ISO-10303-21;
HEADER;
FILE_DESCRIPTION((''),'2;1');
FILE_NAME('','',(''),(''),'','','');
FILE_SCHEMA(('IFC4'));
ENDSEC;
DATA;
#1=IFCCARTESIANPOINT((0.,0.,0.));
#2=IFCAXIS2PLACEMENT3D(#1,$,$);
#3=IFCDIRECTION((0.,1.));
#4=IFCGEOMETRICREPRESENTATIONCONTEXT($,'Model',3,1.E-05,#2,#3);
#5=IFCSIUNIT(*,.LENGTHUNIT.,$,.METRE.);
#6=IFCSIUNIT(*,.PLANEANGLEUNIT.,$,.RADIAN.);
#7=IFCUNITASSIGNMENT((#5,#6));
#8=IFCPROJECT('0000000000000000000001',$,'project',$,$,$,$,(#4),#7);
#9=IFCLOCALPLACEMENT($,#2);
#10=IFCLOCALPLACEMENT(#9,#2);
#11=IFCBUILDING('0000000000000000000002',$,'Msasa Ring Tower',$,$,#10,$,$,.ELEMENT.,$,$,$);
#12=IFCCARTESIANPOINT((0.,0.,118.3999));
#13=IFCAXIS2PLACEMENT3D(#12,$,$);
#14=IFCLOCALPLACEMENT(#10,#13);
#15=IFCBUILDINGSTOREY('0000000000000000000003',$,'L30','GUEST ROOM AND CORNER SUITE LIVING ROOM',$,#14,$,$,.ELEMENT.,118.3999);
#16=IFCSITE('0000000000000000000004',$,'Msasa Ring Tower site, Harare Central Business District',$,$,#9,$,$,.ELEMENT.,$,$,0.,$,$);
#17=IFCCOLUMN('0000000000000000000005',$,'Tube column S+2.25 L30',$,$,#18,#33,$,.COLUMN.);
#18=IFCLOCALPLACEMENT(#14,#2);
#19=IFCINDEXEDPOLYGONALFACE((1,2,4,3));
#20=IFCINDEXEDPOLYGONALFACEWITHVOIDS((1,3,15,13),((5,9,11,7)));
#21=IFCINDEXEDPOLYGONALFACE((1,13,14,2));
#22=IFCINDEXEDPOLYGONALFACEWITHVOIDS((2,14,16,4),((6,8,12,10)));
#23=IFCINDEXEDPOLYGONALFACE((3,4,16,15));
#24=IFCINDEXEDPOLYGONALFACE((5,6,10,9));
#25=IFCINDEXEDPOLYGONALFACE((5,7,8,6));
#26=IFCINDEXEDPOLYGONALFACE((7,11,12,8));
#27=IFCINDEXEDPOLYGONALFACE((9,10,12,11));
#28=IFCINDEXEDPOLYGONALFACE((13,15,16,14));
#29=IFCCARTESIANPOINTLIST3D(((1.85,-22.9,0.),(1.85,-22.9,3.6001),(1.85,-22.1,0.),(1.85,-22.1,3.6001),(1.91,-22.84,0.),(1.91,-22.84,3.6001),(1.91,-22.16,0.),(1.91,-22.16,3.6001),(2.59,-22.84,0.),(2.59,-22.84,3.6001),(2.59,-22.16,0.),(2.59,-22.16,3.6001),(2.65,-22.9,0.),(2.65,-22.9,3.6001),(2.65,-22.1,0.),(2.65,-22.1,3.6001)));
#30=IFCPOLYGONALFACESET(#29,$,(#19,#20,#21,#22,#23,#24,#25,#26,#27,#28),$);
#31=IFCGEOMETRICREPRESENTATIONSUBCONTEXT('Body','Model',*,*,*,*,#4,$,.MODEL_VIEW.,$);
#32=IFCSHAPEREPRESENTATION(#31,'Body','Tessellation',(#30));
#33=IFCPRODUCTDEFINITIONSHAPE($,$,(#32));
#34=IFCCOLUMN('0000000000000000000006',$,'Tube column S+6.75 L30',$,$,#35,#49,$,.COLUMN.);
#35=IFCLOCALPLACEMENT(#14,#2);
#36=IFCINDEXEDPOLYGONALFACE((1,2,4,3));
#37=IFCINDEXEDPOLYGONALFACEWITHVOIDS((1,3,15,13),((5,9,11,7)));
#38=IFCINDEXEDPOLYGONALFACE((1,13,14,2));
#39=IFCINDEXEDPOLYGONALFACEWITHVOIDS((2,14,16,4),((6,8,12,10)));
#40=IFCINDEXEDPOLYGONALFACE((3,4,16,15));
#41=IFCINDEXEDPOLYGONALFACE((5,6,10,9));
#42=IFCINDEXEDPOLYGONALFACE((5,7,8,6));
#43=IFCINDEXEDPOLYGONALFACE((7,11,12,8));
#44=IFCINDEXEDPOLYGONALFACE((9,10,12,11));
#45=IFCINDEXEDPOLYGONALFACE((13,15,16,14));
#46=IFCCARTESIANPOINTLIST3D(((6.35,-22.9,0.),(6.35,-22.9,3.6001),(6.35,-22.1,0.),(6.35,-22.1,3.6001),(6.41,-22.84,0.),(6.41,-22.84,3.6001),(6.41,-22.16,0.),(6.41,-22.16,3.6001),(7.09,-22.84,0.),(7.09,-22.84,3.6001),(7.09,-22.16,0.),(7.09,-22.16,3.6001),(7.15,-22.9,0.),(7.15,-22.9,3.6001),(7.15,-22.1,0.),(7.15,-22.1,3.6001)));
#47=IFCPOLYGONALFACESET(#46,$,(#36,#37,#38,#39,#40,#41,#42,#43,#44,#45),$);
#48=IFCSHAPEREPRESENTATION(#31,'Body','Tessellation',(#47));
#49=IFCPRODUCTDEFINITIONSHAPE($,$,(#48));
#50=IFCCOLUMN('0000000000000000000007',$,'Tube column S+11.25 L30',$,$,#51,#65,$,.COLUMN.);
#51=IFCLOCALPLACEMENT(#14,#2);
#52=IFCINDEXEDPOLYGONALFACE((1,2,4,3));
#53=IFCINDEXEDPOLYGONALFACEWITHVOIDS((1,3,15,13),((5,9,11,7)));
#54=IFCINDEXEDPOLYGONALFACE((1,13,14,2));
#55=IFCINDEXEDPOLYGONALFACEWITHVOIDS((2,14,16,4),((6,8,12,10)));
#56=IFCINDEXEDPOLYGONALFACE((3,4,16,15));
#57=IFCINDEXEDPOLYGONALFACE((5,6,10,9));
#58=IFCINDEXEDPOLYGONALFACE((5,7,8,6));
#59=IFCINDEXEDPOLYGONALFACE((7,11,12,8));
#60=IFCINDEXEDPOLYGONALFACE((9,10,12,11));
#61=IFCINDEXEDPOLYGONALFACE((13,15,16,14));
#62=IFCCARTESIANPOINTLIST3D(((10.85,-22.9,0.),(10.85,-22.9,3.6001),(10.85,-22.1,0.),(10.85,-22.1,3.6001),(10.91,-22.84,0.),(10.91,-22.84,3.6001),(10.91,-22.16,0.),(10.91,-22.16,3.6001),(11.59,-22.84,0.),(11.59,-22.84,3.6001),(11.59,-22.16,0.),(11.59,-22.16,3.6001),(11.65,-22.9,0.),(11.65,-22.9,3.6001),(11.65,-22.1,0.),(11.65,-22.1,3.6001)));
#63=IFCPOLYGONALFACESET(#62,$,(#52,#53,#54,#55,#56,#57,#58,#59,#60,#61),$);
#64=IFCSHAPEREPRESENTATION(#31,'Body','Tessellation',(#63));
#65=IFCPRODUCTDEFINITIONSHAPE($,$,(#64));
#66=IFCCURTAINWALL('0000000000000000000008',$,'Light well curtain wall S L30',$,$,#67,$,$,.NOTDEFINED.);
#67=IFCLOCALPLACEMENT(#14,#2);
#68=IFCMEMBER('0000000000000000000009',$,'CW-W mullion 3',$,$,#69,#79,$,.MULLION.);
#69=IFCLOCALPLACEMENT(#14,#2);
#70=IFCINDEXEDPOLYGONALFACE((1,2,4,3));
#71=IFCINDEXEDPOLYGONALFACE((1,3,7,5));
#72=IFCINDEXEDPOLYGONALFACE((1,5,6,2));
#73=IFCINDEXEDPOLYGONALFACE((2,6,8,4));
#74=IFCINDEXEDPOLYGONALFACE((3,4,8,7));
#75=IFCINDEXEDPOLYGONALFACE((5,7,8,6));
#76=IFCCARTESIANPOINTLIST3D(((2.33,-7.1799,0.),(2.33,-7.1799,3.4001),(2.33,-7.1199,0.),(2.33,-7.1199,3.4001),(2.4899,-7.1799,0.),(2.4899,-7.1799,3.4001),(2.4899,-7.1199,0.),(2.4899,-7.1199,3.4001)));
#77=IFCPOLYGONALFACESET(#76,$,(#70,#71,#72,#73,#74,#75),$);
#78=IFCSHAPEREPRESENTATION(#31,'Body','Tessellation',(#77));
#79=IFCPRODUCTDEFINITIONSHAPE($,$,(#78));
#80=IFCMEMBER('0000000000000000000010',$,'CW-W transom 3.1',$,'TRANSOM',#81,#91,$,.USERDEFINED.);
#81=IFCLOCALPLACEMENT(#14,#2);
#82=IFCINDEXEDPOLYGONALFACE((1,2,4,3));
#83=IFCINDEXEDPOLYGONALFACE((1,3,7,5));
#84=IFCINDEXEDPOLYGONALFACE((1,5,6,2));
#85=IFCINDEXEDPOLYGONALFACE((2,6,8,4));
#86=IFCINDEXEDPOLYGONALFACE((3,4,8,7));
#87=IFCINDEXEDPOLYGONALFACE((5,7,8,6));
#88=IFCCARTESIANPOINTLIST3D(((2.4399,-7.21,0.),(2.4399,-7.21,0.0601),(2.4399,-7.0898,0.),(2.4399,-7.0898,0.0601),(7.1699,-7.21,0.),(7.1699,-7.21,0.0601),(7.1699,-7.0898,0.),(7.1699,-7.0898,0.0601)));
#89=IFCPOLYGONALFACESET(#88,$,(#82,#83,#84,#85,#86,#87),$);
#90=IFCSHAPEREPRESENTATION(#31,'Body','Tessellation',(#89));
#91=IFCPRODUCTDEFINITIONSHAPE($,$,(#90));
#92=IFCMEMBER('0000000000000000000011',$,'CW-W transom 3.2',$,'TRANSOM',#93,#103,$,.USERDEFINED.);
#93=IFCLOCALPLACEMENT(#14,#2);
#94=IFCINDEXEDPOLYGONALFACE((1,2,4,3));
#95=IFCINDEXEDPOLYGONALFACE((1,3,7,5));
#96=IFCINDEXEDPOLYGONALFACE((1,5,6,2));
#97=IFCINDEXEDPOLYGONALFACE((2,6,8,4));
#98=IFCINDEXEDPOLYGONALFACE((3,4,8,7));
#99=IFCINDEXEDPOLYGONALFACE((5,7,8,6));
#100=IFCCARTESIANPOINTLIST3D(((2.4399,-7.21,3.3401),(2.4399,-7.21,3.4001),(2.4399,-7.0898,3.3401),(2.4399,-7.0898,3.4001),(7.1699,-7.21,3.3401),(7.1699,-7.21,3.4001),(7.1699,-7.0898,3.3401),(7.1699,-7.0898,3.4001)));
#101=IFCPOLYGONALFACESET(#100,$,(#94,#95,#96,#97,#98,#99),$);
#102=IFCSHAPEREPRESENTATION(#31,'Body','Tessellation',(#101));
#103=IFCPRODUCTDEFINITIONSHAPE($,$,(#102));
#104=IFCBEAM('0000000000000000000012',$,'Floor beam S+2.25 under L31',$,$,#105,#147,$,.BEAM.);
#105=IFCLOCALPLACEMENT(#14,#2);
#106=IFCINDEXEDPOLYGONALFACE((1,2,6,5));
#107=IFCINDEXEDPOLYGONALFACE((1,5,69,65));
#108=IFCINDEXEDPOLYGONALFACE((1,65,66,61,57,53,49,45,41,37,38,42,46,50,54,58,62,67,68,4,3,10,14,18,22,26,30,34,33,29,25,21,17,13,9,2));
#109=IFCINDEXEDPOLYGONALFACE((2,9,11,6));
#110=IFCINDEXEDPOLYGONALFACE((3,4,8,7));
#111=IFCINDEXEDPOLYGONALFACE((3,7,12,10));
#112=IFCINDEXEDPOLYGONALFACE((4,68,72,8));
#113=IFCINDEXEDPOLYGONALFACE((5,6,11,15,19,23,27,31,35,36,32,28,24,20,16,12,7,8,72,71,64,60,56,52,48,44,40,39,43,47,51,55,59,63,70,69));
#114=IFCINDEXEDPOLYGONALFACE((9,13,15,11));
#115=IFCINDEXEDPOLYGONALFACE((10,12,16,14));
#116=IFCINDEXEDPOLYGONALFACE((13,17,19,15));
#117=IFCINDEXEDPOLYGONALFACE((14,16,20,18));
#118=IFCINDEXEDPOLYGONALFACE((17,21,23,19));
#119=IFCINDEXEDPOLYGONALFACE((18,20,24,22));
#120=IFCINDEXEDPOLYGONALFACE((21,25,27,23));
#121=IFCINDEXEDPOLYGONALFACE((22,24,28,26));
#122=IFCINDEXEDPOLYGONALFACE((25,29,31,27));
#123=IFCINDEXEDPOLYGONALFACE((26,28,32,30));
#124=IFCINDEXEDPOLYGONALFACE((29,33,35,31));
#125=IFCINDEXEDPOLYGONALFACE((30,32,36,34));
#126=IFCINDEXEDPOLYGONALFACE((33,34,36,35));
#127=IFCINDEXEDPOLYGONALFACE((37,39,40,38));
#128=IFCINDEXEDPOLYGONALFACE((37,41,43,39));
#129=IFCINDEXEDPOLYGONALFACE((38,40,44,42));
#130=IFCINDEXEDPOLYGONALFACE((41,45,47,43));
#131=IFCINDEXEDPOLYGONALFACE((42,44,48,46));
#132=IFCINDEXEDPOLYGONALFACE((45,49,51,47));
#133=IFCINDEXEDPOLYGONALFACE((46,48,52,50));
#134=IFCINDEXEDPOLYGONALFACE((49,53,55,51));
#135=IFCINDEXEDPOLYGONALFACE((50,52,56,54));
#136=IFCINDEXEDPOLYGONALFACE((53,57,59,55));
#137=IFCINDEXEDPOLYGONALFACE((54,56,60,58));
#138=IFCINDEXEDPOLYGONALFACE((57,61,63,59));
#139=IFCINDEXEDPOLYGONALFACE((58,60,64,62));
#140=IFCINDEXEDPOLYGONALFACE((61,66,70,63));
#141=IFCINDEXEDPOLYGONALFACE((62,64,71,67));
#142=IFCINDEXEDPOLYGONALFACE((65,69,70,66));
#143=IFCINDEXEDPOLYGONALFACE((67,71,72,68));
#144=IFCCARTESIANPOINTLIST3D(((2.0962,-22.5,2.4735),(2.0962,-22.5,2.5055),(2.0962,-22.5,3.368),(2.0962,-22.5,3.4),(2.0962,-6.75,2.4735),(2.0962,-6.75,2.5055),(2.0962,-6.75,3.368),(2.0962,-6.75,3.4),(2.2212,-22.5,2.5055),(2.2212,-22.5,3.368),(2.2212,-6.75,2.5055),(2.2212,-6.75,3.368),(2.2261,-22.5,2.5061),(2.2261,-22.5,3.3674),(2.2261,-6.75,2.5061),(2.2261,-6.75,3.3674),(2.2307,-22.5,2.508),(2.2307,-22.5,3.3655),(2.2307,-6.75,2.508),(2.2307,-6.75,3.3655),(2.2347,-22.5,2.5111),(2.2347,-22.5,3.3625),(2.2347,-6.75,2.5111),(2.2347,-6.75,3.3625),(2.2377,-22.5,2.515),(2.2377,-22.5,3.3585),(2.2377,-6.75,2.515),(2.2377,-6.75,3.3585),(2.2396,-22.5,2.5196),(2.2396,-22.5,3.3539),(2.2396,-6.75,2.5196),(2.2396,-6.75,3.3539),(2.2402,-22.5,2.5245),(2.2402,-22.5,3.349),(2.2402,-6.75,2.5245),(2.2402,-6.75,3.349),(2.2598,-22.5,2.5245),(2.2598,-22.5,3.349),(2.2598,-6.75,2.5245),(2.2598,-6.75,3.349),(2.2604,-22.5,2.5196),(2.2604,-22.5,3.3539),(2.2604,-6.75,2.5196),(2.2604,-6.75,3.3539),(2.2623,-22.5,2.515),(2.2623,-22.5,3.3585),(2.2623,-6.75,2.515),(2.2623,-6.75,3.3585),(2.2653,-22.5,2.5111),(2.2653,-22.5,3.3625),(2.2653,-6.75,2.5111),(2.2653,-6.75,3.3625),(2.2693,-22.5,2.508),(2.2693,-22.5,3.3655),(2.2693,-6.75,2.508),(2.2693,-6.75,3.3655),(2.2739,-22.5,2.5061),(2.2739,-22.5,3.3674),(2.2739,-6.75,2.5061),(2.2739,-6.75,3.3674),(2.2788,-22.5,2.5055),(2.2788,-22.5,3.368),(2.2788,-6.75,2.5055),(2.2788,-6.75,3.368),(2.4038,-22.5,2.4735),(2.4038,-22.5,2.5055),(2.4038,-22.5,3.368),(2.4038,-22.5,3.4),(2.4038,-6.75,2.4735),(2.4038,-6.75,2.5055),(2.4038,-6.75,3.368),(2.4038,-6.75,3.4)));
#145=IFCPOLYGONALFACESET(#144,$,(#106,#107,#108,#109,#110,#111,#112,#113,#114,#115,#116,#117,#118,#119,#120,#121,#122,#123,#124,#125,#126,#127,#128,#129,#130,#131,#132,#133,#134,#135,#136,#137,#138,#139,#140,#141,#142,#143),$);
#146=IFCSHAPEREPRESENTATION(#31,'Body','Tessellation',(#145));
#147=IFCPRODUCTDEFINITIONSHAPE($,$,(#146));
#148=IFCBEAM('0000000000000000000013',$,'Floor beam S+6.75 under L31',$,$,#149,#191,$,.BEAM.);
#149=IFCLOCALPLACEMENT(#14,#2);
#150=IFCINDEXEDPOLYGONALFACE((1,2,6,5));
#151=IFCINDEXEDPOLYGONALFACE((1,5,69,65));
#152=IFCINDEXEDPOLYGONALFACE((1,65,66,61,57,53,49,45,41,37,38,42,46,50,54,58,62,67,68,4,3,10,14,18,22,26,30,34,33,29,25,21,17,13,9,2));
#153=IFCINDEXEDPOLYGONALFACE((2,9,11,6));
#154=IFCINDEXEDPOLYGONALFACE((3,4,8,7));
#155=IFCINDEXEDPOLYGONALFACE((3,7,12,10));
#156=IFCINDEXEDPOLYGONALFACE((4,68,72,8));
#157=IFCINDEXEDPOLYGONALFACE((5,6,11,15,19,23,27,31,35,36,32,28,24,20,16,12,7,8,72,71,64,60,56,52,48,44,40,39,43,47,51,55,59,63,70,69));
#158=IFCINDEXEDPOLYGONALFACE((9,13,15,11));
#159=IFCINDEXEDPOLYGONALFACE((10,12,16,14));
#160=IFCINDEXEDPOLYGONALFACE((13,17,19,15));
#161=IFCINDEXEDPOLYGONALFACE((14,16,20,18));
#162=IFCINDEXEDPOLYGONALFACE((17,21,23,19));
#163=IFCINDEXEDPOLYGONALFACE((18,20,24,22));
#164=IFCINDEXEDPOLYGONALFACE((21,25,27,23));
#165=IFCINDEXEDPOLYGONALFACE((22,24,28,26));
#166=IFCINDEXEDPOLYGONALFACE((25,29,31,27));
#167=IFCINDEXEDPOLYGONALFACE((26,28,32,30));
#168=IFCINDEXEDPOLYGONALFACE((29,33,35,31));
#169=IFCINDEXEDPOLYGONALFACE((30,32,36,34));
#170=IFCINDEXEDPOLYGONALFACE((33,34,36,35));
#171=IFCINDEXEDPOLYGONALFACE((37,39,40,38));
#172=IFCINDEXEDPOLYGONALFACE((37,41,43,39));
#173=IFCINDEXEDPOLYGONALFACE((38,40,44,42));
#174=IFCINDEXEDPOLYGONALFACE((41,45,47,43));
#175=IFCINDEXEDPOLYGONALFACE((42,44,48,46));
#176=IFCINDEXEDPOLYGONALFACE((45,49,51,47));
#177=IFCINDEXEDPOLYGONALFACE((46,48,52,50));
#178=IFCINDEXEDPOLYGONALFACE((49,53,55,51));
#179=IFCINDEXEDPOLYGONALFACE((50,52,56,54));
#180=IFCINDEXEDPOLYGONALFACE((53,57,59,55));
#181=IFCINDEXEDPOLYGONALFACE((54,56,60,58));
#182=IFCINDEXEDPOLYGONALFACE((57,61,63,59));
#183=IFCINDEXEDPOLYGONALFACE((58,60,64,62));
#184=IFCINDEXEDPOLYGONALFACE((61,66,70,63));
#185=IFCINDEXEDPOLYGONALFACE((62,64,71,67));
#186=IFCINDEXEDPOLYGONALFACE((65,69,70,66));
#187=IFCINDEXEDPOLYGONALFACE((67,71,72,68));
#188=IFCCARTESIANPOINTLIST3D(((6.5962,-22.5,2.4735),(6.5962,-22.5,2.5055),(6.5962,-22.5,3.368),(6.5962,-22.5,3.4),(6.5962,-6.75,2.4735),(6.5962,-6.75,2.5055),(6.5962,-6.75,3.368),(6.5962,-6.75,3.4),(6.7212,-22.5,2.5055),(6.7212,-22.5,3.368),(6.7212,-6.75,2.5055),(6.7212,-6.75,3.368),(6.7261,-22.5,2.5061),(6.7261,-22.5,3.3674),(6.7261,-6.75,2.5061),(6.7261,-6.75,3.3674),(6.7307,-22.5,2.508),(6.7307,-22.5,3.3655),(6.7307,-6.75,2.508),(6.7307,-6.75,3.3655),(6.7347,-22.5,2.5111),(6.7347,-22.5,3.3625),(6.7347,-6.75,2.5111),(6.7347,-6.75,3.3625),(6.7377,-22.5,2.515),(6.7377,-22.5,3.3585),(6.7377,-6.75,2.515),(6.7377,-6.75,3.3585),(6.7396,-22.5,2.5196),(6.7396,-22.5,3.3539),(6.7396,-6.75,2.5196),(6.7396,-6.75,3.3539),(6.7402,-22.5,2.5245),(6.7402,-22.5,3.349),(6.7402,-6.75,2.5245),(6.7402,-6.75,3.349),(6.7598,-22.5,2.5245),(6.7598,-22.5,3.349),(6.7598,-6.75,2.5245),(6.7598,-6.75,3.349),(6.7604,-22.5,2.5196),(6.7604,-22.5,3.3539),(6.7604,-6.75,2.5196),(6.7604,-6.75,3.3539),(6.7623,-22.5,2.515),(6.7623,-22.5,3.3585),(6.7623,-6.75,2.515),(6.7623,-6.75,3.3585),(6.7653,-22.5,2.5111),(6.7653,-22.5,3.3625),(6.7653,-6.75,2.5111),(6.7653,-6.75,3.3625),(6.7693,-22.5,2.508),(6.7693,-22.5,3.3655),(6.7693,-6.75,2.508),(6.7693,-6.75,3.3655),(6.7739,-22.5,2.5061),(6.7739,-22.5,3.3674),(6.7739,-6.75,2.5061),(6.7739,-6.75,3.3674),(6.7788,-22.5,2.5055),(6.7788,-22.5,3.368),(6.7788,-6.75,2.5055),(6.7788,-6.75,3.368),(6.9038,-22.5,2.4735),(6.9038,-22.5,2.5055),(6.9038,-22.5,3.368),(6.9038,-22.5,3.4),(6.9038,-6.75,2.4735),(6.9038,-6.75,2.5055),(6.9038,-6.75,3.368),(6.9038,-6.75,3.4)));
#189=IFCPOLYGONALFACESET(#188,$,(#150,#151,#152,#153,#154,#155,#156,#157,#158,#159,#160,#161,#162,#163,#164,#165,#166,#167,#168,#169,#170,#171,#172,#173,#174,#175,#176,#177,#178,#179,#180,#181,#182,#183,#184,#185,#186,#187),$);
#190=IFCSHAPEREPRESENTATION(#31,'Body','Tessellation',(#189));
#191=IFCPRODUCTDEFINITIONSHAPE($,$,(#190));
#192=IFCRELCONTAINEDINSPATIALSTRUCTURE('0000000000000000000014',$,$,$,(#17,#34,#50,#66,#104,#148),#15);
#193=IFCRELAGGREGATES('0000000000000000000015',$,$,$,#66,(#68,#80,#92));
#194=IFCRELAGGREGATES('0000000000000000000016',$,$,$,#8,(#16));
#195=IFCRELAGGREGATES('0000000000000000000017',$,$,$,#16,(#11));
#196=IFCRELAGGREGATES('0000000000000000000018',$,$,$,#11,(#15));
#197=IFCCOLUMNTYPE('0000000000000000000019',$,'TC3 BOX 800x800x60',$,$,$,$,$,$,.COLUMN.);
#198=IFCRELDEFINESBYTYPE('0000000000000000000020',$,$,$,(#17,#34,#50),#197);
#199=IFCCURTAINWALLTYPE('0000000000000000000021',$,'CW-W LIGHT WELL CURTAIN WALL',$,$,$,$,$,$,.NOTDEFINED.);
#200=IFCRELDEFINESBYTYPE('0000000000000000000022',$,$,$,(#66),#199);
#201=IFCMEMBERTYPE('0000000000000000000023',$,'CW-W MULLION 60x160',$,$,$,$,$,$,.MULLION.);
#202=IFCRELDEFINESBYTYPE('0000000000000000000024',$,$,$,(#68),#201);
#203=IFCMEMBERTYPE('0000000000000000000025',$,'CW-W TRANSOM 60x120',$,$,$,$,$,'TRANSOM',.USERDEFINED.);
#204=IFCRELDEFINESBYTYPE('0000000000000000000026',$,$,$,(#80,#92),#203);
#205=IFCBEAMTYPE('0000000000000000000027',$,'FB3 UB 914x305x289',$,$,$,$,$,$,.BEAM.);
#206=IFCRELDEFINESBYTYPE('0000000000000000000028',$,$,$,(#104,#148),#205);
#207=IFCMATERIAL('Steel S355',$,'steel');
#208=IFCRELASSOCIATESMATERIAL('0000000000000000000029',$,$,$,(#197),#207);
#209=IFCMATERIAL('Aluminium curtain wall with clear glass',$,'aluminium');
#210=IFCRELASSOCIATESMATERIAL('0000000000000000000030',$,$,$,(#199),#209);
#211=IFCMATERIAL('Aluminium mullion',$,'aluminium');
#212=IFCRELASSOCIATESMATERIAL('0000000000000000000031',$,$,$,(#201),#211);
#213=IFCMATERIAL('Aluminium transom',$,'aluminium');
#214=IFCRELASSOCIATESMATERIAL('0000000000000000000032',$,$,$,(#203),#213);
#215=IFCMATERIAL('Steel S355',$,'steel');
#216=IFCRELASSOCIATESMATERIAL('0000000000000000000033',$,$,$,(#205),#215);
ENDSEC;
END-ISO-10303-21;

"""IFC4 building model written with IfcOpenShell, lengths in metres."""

from ifc_helpers import new_model, si_unit, direction, frame, origin, origin_2d, place, context, subcontext, project, spatial, rectangle, hollow_rectangle, i_section, extrude, material, material_profile, profile_set, type_object, element, aggregate, save


model = new_model("IFC4")

# Units and contexts
model_context = context("Model", 3, precision=1e-05, world=origin(), true_north=direction((0.0, 1.0)))
body_context = subcontext(model_context, "Body", "Model", "MODEL_VIEW")
ifc_project = project(units=[si_unit("LENGTHUNIT", "METRE"), si_unit("PLANEANGLEUNIT", "RADIAN")], contexts=[model_context])

# Site, building, storey
site_placement = place(None, origin())
site = spatial("IfcSite", under=ifc_project, at=site_placement, Name="Msasa Ring Tower site, Harare Central Business District", CompositionType="ELEMENT", RefElevation=0.0)
building_placement = place(site_placement, origin())
building = spatial("IfcBuilding", under=site, at=building_placement, Name="Msasa Ring Tower", CompositionType="ELEMENT")
storey_placement = place(building_placement, frame((0.0, 0.0, 118.3999)))
storey = spatial("IfcBuildingStorey", under=building, at=storey_placement, Name="L30", Description="GUEST ROOM AND CORNER SUITE LIVING ROOM", CompositionType="ELEMENT", Elevation=118.3999)

# Columns
ifc_material_1 = material(Name="Steel S355", Category="steel")
ifc_material_profile_1 = material_profile(ifc_material_1, hollow_rectangle(XDim=0.8, YDim=0.8, WallThickness=0.0601, at=origin_2d()), Name="BOX 800x800x60")
ifc_profile_set_1 = profile_set([ifc_material_profile_1], Name="Steel S355")
column_type = type_object("IfcColumnType", Name="TC3 BOX 800x800x60", PredefinedType="COLUMN", material=ifc_profile_set_1)
for number, where, z_axis, x_axis, name in (
    (1, (2.25, -22.5, 0.0), (0.0, 0.0, 1.0), (0.0, 1.0, 0.0), "Tube column S+2.25 L30"),
    (2, (6.75, -22.5, 0.0), (0.0, 0.0, 1.0), (0.0, 1.0, 0.0), "Tube column S+6.75 L30"),
    (3, (11.25, -22.5, 0.0), (0.0, 0.0, 1.0), (0.0, 1.0, 0.0), "Tube column S+11.25 L30"),
):
    element("IfcColumn", number, at=place(storey_placement, frame(where, z_axis=z_axis, x_axis=x_axis)), inside=storey, type_object=column_type, Name=name, PredefinedType="COLUMN", context=body_context, shape_type="SweptSolid", body=[
        extrude(hollow_rectangle(XDim=0.8, YDim=0.8, WallThickness=0.0601, at=origin_2d()), origin(), (0.0, 0.0, 1.0), 3.6001),
    ])

# Curtain wall, members
ifc_material_2 = material(Name="Aluminium curtain wall with clear glass", Category="aluminium")
curtain_wall_type = type_object("IfcCurtainWallType", Name="CW-W LIGHT WELL CURTAIN WALL", PredefinedType="NOTDEFINED", material=ifc_material_2)
curtain_wall_placement = place(storey_placement, origin())
curtain_wall = element("IfcCurtainWall", 4, at=curtain_wall_placement, inside=storey, type_object=curtain_wall_type, Name="Light well curtain wall S L30", PredefinedType="NOTDEFINED")
ifc_material_3 = material(Name="Aluminium mullion", Category="aluminium")
ifc_material_profile_2 = material_profile(ifc_material_3, rectangle(XDim=0.0601, YDim=0.1599, at=origin_2d()), Name="AL 60x160")
ifc_profile_set_2 = profile_set([ifc_material_profile_2], Name="Aluminium mullion")
member_type_1 = type_object("IfcMemberType", Name="CW-W MULLION 60x160", PredefinedType="MULLION", material=ifc_profile_set_2)
member_1_placement = place(storey_placement, frame((2.4099, -7.1499, 0.0), z_axis=(0.0, 0.0, 1.0), x_axis=(0.0, 1.0, 0.0)))
member_1 = element("IfcMember", 5, at=member_1_placement, type_object=member_type_1, Name="CW-W mullion 3", PredefinedType="MULLION", context=body_context, shape_type="SweptSolid", body=[
    extrude(rectangle(XDim=0.0601, YDim=0.1599, at=origin_2d()), origin(), (0.0, 0.0, 1.0), 3.4001),
])
ifc_material_4 = material(Name="Aluminium transom", Category="aluminium")
ifc_material_profile_3 = material_profile(ifc_material_4, rectangle(XDim=0.1201, YDim=0.0601, at=origin_2d()), Name="AL 60x120")
ifc_profile_set_3 = profile_set([ifc_material_profile_3], Name="Aluminium transom")
member_type_2 = type_object("IfcMemberType", Name="CW-W TRANSOM 60x120", ElementType="TRANSOM", PredefinedType="USERDEFINED", material=ifc_profile_set_3)
member_2_placement = place(storey_placement, frame((2.4399, -7.1499, 0.03), z_axis=(1.0, 0.0, 0.0), x_axis=(0.0, 1.0, 0.0)))
member_2 = element("IfcMember", 6, at=member_2_placement, type_object=member_type_2, Name="CW-W transom 3.1", ObjectType="TRANSOM", PredefinedType="USERDEFINED", context=body_context, shape_type="SweptSolid", body=[
    extrude(rectangle(XDim=0.1201, YDim=0.0601, at=origin_2d()), origin(), (0.0, 0.0, 1.0), 4.73),
])
member_3_placement = place(storey_placement, frame((2.4399, -7.1499, 3.3701), z_axis=(1.0, 0.0, 0.0), x_axis=(0.0, 1.0, 0.0)))
member_3 = element("IfcMember", 7, at=member_3_placement, type_object=member_type_2, Name="CW-W transom 3.2", ObjectType="TRANSOM", PredefinedType="USERDEFINED", context=body_context, shape_type="SweptSolid", body=[
    extrude(rectangle(XDim=0.1201, YDim=0.0601, at=origin_2d()), origin(), (0.0, 0.0, 1.0), 4.73),
])

# Beams
ifc_material_5 = material(Name="Steel S355", Category="steel")
ifc_material_profile_4 = material_profile(ifc_material_5, i_section(OverallWidth=0.3076, OverallDepth=0.9265, WebThickness=0.0195, FlangeThickness=0.032, FilletRadius=0.019, at=origin_2d()), Name="UB 914x305x289")
ifc_profile_set_4 = profile_set([ifc_material_profile_4], Name="Steel S355")
beam_type_1 = type_object("IfcBeamType", Name="FB3 UB 914x305x289", PredefinedType="BEAM", material=ifc_profile_set_4)
for number, where, z_axis, x_axis, name in (
    (8, (2.25, -22.5, 2.9368), (0.0, 1.0, 0.0), (-1.0, 0.0, 0.0), "Floor beam S+2.25 under L31"),
    (9, (6.75, -22.5, 2.9368), (0.0, 1.0, 0.0), (-1.0, 0.0, 0.0), "Floor beam S+6.75 under L31"),
):
    element("IfcBeam", number, at=place(storey_placement, frame(where, z_axis=z_axis, x_axis=x_axis)), inside=storey, type_object=beam_type_1, Name=name, PredefinedType="BEAM", context=body_context, shape_type="SweptSolid", body=[
        extrude(i_section(OverallWidth=0.3076, OverallDepth=0.9265, WebThickness=0.0195, FlangeThickness=0.032, FilletRadius=0.019, at=origin_2d()), origin(), (0.0, 0.0, 1.0), 15.75),
    ])

aggregate(curtain_wall, [member_1, member_2, member_3])

save(model, "model.ifc")
